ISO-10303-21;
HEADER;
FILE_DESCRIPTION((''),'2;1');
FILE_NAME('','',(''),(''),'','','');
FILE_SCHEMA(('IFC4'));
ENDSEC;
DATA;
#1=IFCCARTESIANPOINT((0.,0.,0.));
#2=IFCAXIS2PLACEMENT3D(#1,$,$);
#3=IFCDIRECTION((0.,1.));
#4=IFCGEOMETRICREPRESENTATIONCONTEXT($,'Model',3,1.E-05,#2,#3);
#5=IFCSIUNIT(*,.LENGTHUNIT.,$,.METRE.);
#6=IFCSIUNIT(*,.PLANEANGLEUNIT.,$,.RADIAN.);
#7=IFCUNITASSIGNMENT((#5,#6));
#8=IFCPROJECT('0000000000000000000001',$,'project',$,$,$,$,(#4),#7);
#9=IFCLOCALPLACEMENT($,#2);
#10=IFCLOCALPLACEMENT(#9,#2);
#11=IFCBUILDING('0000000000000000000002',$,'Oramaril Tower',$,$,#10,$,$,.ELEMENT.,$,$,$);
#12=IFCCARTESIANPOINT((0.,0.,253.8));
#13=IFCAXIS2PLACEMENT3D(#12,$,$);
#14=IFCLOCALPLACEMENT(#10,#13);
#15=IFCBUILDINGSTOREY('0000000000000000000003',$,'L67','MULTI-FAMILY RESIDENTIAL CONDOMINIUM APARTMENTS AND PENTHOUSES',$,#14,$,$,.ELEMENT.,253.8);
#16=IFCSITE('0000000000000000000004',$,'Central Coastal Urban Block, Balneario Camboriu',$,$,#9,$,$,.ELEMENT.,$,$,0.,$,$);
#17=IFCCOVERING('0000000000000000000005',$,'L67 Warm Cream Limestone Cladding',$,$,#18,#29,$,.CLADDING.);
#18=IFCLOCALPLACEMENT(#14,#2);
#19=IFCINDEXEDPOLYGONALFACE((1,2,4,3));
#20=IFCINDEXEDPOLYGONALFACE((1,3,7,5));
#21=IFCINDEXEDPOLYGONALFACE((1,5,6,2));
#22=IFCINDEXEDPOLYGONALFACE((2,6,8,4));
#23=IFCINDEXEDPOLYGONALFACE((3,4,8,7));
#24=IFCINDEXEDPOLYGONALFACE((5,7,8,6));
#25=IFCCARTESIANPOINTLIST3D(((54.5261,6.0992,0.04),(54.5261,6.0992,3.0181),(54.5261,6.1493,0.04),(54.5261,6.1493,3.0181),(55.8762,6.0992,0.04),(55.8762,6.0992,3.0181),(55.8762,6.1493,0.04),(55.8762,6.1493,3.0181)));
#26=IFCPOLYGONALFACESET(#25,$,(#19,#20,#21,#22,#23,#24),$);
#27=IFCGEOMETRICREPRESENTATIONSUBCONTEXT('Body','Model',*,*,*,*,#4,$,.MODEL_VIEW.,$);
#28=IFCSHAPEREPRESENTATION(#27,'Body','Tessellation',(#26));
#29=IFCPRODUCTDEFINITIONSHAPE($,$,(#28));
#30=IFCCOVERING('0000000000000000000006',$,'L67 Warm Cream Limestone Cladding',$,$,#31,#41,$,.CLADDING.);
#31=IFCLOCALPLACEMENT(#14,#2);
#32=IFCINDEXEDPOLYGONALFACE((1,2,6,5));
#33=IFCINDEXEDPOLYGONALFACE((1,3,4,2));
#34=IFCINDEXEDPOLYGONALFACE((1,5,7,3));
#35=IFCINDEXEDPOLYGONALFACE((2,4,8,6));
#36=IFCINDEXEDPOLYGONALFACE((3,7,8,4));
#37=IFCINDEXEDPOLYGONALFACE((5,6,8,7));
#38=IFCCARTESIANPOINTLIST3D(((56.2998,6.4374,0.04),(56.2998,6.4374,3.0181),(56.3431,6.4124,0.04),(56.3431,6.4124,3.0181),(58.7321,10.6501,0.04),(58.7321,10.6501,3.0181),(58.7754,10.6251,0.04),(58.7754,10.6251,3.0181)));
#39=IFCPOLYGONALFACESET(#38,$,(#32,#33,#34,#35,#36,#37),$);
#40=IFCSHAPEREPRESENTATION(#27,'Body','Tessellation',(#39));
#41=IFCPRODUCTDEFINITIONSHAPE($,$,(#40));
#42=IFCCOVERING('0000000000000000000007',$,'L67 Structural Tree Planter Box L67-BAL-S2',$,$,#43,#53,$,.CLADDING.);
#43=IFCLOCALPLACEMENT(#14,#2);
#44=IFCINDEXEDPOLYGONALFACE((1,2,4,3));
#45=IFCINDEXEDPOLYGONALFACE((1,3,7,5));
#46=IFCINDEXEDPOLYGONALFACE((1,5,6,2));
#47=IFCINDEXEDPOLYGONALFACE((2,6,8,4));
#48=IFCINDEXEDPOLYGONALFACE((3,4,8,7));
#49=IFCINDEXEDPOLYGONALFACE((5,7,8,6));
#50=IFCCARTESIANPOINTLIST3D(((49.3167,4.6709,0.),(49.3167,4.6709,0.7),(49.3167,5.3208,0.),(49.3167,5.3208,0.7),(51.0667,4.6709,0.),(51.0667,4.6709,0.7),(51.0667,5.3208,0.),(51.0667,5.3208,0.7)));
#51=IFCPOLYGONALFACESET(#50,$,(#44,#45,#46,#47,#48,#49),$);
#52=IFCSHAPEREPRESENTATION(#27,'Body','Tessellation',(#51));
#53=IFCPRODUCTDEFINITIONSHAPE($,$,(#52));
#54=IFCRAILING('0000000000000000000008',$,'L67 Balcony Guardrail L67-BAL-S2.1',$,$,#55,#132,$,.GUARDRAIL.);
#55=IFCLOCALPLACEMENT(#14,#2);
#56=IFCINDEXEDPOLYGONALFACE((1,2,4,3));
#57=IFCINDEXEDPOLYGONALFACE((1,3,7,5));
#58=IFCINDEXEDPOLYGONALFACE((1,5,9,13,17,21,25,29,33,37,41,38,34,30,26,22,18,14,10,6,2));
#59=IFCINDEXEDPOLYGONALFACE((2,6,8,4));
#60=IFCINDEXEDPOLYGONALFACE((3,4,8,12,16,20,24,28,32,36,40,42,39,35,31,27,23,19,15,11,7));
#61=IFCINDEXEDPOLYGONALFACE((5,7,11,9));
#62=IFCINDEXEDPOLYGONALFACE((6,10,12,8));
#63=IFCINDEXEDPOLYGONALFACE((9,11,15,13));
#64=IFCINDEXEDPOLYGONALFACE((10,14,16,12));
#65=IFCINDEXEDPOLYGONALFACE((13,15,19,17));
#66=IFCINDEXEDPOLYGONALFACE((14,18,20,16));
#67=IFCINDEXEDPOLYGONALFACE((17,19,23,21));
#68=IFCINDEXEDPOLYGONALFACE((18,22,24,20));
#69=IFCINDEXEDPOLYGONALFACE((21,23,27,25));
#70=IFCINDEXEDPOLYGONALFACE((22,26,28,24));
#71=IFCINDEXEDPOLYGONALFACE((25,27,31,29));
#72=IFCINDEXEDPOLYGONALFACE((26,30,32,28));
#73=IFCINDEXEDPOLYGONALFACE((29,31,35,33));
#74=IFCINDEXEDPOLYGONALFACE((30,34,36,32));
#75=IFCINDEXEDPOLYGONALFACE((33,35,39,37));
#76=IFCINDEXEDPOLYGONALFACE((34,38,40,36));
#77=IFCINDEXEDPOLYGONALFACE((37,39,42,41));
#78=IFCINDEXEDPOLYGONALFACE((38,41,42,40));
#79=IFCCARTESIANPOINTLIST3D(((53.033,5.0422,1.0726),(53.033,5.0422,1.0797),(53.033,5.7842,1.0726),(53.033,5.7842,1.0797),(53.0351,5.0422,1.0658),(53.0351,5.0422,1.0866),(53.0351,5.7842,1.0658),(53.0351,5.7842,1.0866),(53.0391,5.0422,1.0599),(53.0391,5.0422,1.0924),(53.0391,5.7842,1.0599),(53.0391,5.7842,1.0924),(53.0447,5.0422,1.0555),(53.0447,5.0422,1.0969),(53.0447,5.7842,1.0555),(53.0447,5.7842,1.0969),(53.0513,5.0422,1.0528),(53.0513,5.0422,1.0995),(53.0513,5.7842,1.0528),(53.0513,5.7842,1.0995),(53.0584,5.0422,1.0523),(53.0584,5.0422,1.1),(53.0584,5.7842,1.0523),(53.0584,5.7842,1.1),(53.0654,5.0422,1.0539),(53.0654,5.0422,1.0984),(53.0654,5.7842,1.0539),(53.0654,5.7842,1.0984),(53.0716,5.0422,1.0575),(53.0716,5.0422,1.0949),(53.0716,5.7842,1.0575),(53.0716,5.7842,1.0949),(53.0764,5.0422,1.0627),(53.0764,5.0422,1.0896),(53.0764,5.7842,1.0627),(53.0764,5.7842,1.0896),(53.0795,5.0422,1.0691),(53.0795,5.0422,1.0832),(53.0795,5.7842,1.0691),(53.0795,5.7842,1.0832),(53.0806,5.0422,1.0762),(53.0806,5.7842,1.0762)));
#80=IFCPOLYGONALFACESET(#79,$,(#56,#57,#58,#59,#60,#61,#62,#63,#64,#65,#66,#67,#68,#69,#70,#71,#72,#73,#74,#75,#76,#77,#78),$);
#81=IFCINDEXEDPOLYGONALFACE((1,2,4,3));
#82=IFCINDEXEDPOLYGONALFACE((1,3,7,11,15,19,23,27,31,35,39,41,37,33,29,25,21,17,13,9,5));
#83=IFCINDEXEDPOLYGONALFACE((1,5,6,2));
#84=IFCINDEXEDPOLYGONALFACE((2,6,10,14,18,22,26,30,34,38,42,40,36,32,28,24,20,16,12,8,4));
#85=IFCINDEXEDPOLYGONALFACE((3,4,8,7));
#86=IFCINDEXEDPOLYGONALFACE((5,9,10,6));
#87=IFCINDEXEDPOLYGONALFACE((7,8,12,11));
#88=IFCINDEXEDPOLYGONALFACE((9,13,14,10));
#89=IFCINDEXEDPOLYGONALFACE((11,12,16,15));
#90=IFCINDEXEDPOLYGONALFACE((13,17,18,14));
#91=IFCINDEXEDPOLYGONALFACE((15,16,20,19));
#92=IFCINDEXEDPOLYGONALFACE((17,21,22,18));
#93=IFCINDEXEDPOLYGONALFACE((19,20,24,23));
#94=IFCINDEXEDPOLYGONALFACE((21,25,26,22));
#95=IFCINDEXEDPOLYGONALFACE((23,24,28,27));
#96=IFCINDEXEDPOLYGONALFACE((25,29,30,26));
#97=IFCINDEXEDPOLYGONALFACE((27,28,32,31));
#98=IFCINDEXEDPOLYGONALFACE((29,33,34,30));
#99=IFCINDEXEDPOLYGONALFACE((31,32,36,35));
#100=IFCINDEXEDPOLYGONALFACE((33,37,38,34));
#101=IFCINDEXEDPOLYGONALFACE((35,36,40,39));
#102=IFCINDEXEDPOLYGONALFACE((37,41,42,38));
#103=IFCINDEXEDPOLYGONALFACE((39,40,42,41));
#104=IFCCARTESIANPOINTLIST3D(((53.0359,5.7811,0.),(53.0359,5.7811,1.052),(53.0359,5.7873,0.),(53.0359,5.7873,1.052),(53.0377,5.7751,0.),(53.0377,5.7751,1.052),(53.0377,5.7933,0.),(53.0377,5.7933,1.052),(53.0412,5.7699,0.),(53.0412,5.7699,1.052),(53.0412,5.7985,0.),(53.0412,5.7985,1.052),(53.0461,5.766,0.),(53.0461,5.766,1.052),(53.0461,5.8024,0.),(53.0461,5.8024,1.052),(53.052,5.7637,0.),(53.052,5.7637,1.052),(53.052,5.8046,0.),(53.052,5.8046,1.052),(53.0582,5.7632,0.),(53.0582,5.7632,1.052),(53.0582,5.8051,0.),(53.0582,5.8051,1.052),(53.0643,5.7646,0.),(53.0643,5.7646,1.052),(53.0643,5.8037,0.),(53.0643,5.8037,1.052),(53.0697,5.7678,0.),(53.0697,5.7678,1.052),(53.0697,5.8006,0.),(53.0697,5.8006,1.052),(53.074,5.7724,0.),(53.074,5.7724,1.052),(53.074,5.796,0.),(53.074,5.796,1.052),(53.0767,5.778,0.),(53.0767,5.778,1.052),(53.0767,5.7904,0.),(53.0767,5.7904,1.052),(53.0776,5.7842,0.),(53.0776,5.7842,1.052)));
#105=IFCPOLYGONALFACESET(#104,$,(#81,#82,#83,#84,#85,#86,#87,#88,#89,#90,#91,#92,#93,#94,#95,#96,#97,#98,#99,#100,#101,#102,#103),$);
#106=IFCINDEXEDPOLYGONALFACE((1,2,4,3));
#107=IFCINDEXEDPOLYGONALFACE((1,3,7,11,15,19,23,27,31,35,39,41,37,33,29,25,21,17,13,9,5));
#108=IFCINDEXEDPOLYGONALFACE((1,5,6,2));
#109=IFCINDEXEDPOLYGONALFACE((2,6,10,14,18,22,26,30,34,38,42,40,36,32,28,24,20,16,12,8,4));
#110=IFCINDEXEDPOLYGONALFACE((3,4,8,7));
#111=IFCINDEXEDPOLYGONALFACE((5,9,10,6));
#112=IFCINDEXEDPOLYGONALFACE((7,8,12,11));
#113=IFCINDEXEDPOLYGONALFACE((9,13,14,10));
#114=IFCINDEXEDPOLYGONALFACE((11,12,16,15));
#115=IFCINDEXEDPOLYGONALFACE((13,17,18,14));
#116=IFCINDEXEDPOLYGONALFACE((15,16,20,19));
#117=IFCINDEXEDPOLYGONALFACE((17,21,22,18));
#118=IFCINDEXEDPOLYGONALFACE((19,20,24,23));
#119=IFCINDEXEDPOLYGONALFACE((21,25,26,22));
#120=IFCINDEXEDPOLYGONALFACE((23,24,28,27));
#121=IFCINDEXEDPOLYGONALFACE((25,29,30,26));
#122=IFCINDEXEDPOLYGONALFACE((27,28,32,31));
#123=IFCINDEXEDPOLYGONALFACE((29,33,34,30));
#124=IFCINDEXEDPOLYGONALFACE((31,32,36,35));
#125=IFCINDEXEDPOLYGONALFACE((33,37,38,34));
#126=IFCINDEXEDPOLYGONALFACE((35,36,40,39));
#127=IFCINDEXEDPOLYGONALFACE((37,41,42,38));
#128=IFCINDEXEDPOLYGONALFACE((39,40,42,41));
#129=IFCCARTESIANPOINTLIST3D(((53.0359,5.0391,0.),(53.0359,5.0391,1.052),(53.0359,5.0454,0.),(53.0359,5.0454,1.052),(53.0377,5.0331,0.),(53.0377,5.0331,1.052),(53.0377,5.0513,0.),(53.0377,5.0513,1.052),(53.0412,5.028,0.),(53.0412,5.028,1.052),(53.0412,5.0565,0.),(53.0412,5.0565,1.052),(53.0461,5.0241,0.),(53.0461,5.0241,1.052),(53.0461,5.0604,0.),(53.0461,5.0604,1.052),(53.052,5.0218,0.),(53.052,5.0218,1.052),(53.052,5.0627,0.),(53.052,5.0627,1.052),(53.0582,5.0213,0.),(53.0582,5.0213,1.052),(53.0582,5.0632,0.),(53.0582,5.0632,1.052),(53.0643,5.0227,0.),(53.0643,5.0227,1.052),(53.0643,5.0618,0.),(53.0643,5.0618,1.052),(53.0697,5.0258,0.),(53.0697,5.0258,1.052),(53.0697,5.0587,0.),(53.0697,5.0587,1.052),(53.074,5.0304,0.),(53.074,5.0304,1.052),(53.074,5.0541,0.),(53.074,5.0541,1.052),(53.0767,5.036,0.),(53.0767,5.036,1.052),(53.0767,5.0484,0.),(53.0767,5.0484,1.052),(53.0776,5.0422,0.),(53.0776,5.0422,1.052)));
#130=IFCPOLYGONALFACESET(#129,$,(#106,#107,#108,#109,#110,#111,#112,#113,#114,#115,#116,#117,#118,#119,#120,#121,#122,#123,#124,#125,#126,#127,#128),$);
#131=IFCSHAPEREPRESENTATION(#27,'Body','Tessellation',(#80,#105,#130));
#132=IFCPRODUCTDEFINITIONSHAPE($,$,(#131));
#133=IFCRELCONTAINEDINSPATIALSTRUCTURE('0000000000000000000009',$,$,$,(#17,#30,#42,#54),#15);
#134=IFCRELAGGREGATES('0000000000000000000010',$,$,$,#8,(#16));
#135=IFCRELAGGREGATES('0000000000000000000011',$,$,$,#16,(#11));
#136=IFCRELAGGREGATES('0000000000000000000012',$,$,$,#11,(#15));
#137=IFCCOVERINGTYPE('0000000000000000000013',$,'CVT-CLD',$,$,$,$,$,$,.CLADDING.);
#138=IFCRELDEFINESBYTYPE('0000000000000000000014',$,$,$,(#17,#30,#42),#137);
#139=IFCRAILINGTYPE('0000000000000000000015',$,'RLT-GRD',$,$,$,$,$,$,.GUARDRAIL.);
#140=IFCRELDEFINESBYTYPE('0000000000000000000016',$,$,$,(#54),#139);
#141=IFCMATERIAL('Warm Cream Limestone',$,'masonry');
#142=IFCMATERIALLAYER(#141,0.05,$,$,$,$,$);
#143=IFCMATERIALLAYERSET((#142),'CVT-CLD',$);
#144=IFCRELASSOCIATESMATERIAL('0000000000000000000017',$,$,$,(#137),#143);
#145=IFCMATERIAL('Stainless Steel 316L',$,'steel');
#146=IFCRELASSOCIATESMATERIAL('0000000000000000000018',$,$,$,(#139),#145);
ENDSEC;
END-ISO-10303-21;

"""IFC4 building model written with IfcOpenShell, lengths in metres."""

from ifc_helpers import new_model, si_unit, direction, frame, origin, origin_2d, place, context, subcontext, project, spatial, rectangle, circle, extrude, material, layer, layer_set, type_object, element, save


model = new_model("IFC4")

# Units and contexts
model_context = context("Model", 3, precision=1e-05, world=origin(), true_north=direction((0.0, 1.0)))
body_context = subcontext(model_context, "Body", "Model", "MODEL_VIEW")
ifc_project = project(units=[si_unit("LENGTHUNIT", "METRE"), si_unit("PLANEANGLEUNIT", "RADIAN")], contexts=[model_context])

# Site, building, storey
site_placement = place(None, origin())
site = spatial("IfcSite", under=ifc_project, at=site_placement, Name="Central Coastal Urban Block, Balneario Camboriu", CompositionType="ELEMENT", RefElevation=0.0)
building_placement = place(site_placement, origin())
building = spatial("IfcBuilding", under=site, at=building_placement, Name="Oramaril Tower", CompositionType="ELEMENT")
storey_placement = place(building_placement, frame((0.0, 0.0, 253.8)))
storey = spatial("IfcBuildingStorey", under=building, at=storey_placement, Name="L67", Description="MULTI-FAMILY RESIDENTIAL CONDOMINIUM APARTMENTS AND PENTHOUSES", CompositionType="ELEMENT", Elevation=253.8)

# Coverings
ifc_material_1 = material(Name="Warm Cream Limestone", Category="masonry")
ifc_layer_1 = layer(ifc_material_1, 0.05)
ifc_layer_set_1 = layer_set([ifc_layer_1], Name="CVT-CLD")
covering_type = type_object("IfcCoveringType", Name="CVT-CLD", PredefinedType="CLADDING", material=ifc_layer_set_1)
covering_1_placement = place(storey_placement, frame((55.2012, 6.1243, 0.04), z_axis=(0.0, 0.0, 1.0), x_axis=(1.0, 0.0, 0.0)))
element("IfcCovering", 1, at=covering_1_placement, inside=storey, type_object=covering_type, Name="L67 Warm Cream Limestone Cladding", PredefinedType="CLADDING", context=body_context, shape_type="SweptSolid", body=[
    extrude(rectangle(XDim=1.3501, YDim=0.05, at=origin_2d()), origin(), (0.0, 0.0, 1.0), 2.978),
])
covering_2_placement = place(storey_placement, frame((57.5376, 8.5312, 0.04), z_axis=(0.0, 0.0, 1.0), x_axis=(0.500006, 0.866022, 0.0)))
element("IfcCovering", 2, at=covering_2_placement, inside=storey, type_object=covering_type, Name="L67 Warm Cream Limestone Cladding", PredefinedType="CLADDING", context=body_context, shape_type="SweptSolid", body=[
    extrude(rectangle(XDim=4.8645, YDim=0.05, at=origin_2d()), origin(), (0.0, 0.0, 1.0), 2.978),
])
covering_3_placement = place(storey_placement, frame((50.1917, 4.9958, 0.0), z_axis=(0.0, 0.0, 1.0), x_axis=(1.0, 0.0, 0.0)))
element("IfcCovering", 3, at=covering_3_placement, inside=storey, type_object=covering_type, Name="L67 Structural Tree Planter Box L67-BAL-S2", PredefinedType="CLADDING", context=body_context, shape_type="SweptSolid", body=[
    extrude(rectangle(XDim=1.75, YDim=0.6499, at=origin_2d()), origin(), (0.0, 0.0, 1.0), 0.7),
])

# Railing
ifc_material_2 = material(Name="Stainless Steel 316L", Category="steel")
railing_type = type_object("IfcRailingType", Name="RLT-GRD", PredefinedType="GUARDRAIL", material=ifc_material_2)
railing_1_placement = place(storey_placement, frame((53.0566, 5.7842, 0.0)))
element("IfcRailing", 4, at=railing_1_placement, inside=storey, type_object=railing_type, Name="L67 Balcony Guardrail L67-BAL-S2.1", PredefinedType="GUARDRAIL", context=body_context, shape_type="SweptSolid", body=[
    extrude(circle(Radius=0.0239, at=origin_2d()), frame((0.0, 0.0, 1.0762), z_axis=(0.0, -1.0, 0.0), x_axis=(1.0, 0.0, 0.0)), (0.0, 0.0, 1.0), 0.7419),
    extrude(circle(Radius=0.021, at=origin_2d()), origin(), (0.0, 0.0, 1.0), 1.052),
    extrude(circle(Radius=0.021, at=origin_2d()), frame((0.0, -0.7419, 0.0)), (0.0, 0.0, 1.0), 1.052),
])

save(model, "model.ifc")
